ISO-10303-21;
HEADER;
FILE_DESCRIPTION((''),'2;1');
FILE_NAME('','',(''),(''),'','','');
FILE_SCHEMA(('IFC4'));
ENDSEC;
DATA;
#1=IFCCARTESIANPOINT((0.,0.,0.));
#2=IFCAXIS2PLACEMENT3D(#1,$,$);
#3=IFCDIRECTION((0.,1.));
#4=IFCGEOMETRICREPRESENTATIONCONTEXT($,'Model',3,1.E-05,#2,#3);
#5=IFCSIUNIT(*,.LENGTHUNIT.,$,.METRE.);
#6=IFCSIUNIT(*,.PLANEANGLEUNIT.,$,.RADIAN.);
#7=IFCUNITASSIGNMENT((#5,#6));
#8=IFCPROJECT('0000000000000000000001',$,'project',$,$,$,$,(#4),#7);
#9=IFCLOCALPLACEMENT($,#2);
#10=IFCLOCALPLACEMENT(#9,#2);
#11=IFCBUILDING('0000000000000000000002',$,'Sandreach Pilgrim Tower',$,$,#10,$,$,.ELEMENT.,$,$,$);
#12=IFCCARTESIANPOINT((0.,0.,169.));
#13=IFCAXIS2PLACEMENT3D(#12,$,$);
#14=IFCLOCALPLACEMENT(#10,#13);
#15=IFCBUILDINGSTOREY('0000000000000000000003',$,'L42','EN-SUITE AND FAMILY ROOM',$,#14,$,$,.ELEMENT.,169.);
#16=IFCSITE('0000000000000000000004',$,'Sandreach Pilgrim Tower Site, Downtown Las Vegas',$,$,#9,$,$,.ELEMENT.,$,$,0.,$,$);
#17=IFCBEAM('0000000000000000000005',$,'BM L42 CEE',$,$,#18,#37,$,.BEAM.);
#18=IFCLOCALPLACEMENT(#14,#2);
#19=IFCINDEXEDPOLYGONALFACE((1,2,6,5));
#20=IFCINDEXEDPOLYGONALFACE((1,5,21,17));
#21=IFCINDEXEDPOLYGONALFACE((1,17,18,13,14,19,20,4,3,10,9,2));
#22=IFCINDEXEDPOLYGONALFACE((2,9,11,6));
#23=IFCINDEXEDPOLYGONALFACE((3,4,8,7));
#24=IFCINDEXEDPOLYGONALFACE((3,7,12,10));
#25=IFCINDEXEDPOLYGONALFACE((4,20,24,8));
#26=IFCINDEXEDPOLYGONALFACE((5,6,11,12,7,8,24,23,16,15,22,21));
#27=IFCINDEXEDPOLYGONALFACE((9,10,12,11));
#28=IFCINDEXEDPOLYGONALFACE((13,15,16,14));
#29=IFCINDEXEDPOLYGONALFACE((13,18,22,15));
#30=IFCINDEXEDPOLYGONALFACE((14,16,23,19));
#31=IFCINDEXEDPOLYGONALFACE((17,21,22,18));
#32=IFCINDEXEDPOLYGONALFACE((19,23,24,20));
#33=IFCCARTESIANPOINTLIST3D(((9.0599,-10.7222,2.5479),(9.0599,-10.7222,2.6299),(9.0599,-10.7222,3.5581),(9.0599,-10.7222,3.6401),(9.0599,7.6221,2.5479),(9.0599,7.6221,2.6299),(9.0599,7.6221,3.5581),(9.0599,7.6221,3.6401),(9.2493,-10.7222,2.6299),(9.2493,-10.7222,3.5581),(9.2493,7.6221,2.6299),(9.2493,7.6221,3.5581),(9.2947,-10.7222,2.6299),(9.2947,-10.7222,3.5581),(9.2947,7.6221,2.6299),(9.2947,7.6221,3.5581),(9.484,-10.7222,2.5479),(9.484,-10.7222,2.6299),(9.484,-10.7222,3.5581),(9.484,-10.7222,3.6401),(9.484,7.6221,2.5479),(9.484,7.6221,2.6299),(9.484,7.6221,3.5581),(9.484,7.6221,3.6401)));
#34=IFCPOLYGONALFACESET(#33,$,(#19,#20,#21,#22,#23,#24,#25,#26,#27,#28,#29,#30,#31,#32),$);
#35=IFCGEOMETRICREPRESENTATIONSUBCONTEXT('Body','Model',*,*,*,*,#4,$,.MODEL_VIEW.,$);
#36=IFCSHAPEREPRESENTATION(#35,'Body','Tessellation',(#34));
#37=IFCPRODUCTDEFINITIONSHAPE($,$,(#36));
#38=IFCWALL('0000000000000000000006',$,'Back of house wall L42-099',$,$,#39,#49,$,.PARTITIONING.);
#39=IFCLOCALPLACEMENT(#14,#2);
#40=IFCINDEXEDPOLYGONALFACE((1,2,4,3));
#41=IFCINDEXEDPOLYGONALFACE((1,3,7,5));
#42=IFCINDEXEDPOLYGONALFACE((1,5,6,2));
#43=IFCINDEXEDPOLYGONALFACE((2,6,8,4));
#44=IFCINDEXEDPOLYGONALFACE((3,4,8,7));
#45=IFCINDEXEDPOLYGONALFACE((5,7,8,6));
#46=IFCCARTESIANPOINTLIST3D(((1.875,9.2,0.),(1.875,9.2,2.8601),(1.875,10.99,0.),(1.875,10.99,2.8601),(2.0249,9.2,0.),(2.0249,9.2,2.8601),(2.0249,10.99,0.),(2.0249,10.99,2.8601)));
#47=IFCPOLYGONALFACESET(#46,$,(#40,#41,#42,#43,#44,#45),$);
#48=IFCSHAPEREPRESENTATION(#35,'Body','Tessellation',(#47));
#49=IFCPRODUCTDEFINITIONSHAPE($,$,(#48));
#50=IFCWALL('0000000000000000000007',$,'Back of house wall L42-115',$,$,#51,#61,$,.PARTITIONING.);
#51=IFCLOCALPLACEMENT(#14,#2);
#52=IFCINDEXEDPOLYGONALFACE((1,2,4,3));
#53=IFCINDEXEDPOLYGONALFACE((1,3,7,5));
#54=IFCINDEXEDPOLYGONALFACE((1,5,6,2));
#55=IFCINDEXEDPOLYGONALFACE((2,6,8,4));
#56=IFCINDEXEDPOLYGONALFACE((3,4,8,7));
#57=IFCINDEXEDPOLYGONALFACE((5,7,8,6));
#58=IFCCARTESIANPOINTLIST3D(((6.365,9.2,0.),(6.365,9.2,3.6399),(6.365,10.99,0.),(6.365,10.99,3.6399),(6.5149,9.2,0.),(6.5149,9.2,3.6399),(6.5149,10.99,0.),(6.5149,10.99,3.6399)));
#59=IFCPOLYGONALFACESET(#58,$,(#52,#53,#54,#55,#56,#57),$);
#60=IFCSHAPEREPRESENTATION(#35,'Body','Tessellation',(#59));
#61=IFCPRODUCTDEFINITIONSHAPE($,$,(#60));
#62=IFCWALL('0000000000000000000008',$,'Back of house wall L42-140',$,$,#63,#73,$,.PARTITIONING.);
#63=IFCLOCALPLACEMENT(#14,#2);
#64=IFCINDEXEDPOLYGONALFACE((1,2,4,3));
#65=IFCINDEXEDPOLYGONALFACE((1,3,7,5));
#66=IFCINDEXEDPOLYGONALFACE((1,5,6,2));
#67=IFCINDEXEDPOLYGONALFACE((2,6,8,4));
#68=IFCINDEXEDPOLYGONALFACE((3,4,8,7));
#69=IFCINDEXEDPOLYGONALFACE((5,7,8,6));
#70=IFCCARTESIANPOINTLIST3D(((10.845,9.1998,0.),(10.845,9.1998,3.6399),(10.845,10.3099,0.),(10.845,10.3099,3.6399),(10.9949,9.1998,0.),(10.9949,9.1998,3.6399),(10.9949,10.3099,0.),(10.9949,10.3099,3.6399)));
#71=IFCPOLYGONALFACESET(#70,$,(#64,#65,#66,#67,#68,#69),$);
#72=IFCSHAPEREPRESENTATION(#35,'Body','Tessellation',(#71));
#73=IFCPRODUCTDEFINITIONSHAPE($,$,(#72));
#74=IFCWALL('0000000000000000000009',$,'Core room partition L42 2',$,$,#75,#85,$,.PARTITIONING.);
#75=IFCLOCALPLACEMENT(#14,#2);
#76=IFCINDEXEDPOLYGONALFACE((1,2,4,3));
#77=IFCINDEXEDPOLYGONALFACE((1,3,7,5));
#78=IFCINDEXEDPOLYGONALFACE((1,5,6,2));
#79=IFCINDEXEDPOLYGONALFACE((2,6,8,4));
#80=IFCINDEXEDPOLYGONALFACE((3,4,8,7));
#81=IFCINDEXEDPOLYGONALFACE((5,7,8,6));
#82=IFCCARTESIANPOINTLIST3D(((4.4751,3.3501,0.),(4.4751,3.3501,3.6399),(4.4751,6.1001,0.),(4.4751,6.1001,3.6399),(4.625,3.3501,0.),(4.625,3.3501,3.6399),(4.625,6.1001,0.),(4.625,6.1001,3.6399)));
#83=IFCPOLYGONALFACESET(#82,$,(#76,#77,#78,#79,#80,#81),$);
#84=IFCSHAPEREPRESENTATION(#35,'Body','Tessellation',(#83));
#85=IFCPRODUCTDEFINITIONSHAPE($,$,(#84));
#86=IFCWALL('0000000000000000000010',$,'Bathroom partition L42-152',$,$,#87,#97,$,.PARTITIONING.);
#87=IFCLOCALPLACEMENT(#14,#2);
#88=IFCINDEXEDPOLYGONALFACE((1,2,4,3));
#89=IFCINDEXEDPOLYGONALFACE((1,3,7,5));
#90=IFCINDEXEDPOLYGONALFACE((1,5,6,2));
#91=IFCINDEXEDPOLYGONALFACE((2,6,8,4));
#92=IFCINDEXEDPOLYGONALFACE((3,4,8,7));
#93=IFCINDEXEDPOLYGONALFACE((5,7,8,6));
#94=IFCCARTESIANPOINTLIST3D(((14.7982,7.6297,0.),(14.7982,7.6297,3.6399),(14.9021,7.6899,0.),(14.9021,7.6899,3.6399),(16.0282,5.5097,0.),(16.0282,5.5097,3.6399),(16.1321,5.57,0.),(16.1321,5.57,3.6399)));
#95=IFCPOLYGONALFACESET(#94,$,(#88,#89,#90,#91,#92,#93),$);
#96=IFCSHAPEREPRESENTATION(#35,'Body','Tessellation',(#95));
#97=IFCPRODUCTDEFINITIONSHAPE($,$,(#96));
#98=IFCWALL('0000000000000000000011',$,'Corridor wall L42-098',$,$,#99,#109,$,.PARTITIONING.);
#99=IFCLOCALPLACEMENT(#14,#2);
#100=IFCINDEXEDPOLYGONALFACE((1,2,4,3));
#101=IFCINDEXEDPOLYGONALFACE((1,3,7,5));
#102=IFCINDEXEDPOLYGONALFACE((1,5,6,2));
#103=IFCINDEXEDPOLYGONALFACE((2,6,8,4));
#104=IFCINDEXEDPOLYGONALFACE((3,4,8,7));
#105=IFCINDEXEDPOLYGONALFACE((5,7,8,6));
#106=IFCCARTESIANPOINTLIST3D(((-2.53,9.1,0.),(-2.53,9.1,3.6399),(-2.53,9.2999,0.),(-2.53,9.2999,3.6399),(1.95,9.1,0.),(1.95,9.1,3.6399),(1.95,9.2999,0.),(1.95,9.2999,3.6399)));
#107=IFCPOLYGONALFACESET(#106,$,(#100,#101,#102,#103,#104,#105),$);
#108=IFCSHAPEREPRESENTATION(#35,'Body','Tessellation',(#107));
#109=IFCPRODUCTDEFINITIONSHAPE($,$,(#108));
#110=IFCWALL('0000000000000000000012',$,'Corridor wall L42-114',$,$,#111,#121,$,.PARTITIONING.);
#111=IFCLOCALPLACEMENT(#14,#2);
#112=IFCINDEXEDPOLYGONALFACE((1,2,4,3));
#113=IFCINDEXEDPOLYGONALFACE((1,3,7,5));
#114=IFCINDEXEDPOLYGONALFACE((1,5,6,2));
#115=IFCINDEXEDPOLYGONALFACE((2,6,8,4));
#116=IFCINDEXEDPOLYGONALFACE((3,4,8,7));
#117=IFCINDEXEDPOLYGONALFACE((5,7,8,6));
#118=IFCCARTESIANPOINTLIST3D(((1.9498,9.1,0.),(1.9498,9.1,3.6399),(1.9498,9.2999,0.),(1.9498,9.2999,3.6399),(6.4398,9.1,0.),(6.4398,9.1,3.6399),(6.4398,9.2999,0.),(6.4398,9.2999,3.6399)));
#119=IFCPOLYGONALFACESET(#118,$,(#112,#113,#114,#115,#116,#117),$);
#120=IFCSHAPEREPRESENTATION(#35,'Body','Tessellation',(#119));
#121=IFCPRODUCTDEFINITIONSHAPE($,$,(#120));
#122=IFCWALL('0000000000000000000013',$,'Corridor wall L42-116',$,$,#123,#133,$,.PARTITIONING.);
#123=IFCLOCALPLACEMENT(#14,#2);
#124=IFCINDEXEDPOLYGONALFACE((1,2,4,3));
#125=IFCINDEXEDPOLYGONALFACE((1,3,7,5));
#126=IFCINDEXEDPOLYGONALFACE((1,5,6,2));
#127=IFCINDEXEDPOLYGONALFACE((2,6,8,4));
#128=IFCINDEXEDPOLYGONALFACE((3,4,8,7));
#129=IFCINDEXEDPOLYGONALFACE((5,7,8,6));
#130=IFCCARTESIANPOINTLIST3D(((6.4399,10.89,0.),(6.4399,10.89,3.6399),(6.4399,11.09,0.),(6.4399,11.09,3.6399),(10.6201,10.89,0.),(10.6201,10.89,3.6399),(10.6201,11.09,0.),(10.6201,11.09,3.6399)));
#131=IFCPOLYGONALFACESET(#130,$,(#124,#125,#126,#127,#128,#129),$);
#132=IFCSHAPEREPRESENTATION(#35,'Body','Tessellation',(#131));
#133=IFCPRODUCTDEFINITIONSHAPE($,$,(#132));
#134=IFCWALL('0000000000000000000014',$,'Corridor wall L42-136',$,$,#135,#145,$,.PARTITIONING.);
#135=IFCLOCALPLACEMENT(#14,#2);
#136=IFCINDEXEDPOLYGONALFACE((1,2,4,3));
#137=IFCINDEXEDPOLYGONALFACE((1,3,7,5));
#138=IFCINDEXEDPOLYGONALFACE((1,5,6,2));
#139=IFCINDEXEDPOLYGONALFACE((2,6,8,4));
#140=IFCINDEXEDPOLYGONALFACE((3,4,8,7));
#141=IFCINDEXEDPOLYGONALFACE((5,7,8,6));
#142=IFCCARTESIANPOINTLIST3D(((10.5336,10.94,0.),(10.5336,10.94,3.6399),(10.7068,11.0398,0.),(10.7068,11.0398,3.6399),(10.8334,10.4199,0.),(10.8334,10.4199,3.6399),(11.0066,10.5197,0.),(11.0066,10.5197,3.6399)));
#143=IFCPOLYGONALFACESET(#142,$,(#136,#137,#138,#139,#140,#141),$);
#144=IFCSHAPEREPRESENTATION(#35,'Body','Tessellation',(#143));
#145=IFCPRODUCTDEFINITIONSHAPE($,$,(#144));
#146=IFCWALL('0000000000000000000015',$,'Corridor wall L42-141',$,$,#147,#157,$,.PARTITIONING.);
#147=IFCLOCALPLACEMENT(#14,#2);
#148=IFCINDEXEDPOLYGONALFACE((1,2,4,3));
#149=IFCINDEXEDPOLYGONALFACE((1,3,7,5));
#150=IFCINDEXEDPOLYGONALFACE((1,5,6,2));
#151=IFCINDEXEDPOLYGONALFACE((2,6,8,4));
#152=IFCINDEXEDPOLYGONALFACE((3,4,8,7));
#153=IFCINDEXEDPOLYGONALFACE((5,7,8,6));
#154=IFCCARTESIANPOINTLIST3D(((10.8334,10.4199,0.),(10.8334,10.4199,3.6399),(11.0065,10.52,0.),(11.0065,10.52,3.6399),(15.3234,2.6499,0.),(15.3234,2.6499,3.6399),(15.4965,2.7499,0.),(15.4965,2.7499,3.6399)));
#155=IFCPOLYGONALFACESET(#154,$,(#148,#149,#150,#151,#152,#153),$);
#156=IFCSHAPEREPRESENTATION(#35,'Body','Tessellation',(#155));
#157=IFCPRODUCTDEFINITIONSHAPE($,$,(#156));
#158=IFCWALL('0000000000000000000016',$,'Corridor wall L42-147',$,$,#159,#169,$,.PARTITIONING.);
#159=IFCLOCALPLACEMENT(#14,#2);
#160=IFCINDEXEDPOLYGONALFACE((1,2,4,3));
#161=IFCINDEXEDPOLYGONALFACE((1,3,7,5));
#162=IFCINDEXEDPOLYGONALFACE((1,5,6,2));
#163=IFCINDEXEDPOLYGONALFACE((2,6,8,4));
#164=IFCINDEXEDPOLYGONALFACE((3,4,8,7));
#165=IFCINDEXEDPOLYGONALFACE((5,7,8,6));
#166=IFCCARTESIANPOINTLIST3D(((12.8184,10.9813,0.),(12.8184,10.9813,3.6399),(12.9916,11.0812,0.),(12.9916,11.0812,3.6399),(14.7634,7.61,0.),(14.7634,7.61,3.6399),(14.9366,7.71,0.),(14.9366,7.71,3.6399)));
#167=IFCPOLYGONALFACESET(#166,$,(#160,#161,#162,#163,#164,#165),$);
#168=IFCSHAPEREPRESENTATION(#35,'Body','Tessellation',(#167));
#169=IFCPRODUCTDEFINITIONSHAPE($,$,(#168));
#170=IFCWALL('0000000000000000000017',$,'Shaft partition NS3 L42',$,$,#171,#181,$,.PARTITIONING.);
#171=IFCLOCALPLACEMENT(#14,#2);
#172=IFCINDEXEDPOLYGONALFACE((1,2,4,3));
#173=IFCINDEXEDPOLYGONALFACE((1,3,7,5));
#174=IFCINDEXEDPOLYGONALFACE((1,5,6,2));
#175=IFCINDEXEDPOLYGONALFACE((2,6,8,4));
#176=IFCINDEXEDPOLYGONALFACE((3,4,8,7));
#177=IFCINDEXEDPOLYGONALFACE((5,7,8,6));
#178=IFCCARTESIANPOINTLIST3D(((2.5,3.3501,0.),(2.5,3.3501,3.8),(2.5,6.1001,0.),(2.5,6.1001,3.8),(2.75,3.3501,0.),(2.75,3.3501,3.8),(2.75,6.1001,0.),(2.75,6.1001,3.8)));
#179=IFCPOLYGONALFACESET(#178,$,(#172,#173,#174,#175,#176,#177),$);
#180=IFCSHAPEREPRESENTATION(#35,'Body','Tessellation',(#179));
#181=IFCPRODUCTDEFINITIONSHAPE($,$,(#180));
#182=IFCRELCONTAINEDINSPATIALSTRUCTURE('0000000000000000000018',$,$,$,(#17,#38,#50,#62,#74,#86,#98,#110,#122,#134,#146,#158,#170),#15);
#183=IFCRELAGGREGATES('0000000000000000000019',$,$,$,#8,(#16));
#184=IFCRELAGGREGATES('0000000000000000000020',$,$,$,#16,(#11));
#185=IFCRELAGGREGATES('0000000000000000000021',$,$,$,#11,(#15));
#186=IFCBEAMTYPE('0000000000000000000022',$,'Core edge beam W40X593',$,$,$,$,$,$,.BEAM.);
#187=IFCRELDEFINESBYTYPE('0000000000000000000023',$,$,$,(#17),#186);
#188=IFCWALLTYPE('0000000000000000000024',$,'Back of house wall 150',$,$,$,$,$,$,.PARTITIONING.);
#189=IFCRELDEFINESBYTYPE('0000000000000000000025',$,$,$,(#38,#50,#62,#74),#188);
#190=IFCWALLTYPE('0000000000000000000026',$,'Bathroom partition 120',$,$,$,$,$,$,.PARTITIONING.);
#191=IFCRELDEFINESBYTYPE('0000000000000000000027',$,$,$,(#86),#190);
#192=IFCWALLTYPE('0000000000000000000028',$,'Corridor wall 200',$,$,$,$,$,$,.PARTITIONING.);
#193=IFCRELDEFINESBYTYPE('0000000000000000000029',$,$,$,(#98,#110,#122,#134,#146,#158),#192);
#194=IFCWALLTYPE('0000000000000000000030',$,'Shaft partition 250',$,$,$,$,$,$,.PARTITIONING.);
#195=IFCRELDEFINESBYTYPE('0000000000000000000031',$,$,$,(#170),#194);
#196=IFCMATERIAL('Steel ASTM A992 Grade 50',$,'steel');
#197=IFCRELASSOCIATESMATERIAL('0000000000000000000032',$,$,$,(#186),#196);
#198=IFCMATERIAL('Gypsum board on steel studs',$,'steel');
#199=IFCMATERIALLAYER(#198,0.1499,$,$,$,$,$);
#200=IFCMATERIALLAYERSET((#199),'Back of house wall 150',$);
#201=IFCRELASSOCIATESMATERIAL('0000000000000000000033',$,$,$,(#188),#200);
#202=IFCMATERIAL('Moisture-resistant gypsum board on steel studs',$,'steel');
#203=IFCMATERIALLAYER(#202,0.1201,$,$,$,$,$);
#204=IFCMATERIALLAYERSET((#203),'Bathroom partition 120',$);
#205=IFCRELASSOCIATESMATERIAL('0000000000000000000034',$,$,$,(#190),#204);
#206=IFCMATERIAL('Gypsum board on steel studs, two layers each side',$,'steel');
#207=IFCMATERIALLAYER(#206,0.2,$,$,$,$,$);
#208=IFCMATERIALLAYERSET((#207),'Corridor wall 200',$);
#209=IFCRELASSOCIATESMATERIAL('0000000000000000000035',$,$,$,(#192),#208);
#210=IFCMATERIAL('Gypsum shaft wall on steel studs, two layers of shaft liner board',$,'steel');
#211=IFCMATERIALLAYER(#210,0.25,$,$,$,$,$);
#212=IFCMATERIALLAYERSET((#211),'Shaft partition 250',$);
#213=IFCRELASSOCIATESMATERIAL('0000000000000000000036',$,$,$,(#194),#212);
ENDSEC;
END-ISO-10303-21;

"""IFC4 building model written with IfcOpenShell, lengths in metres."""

from ifc_helpers import new_model, si_unit, direction, frame, frame_2d, origin, origin_2d, place, context, subcontext, project, spatial, rectangle, i_section, extrude, material, layer, layer_set, material_profile, profile_set, type_object, element, save


model = new_model("IFC4")

# Units and contexts
model_context = context("Model", 3, precision=1e-05, world=origin(), true_north=direction((0.0, 1.0)))
body_context = subcontext(model_context, "Body", "Model", "MODEL_VIEW")
ifc_project = project(units=[si_unit("LENGTHUNIT", "METRE"), si_unit("PLANEANGLEUNIT", "RADIAN")], contexts=[model_context])

# Site, building, storey
site_placement = place(None, origin())
site = spatial("IfcSite", under=ifc_project, at=site_placement, Name="Sandreach Pilgrim Tower Site, Downtown Las Vegas", CompositionType="ELEMENT", RefElevation=0.0)
building_placement = place(site_placement, origin())
building = spatial("IfcBuilding", under=site, at=building_placement, Name="Sandreach Pilgrim Tower", CompositionType="ELEMENT")
storey_placement = place(building_placement, frame((0.0, 0.0, 169.0)))
storey = spatial("IfcBuildingStorey", under=building, at=storey_placement, Name="L42", Description="EN-SUITE AND FAMILY ROOM", CompositionType="ELEMENT", Elevation=169.0)

# Beam
ifc_material_1 = material(Name="Steel ASTM A992 Grade 50", Category="steel")
ifc_material_profile = material_profile(ifc_material_1, i_section(OverallWidth=0.4241, OverallDepth=1.0923, WebThickness=0.0454, FlangeThickness=0.082, at=origin_2d()), Name="W40X593")
ifc_profile_set = profile_set([ifc_material_profile], Name="Steel ASTM A992 Grade 50")
beam_type = type_object("IfcBeamType", Name="Core edge beam W40X593", PredefinedType="BEAM", material=ifc_profile_set)
beam_placement = place(storey_placement, frame((9.272, 7.6221, 3.094), z_axis=(0.0, -1.0, 0.0), x_axis=(1.0, 0.0, 0.0)))
element("IfcBeam", 1, at=beam_placement, inside=storey, type_object=beam_type, Name="BM L42 CEE", PredefinedType="BEAM", context=body_context, shape_type="SweptSolid", body=[
    extrude(i_section(OverallWidth=0.4241, OverallDepth=1.0923, WebThickness=0.0454, FlangeThickness=0.082, at=origin_2d()), origin(), (0.0, 0.0, 1.0), 18.3442),
])

# Walls
ifc_material_2 = material(Name="Gypsum board on steel studs", Category="steel")
ifc_layer_1 = layer(ifc_material_2, 0.1499)
ifc_layer_set_1 = layer_set([ifc_layer_1], Name="Back of house wall 150")
wall_type_1 = type_object("IfcWallType", Name="Back of house wall 150", PredefinedType="PARTITIONING", material=ifc_layer_set_1)
wall_1_placement = place(storey_placement, frame((1.95, 10.99, 0.0), z_axis=(0.0, 0.0, 1.0), x_axis=(0.0, -1.0, 0.0)))
element("IfcWall", 2, at=wall_1_placement, inside=storey, type_object=wall_type_1, Name="Back of house wall L42-099", PredefinedType="PARTITIONING", context=body_context, shape_type="SweptSolid", body=[
    extrude(rectangle(XDim=1.79, YDim=0.1499, at=frame_2d((0.895, 0.0))), origin(), (0.0, 0.0, 1.0), 2.8601),
])
wall_2_placement = place(storey_placement, frame((6.4399, 10.99, 0.0), z_axis=(0.0, 0.0, 1.0), x_axis=(0.0, -1.0, 0.0)))
element("IfcWall", 3, at=wall_2_placement, inside=storey, type_object=wall_type_1, Name="Back of house wall L42-115", PredefinedType="PARTITIONING", context=body_context, shape_type="SweptSolid", body=[
    extrude(rectangle(XDim=1.79, YDim=0.1499, at=frame_2d((0.895, 0.0))), origin(), (0.0, 0.0, 1.0), 3.6399),
])
wall_3_placement = place(storey_placement, frame((10.9199, 10.3101, 0.0), z_axis=(0.0, 0.0, 1.0), x_axis=(0.0, -1.0, 0.0)))
element("IfcWall", 4, at=wall_3_placement, inside=storey, type_object=wall_type_1, Name="Back of house wall L42-140", PredefinedType="PARTITIONING", context=body_context, shape_type="SweptSolid", body=[
    extrude(rectangle(XDim=1.1101, YDim=0.1499, at=frame_2d((0.5552, 0.0))), origin(), (0.0, 0.0, 1.0), 3.6399),
])
wall_4_placement = place(storey_placement, frame((4.55, 3.3501, 0.0), z_axis=(0.0, 0.0, 1.0), x_axis=(0.0, 1.0, 0.0)))
element("IfcWall", 5, at=wall_4_placement, inside=storey, type_object=wall_type_1, Name="Core room partition L42 2", PredefinedType="PARTITIONING", context=body_context, shape_type="SweptSolid", body=[
    extrude(rectangle(XDim=2.75, YDim=0.1499, at=frame_2d((1.375, 0.0))), origin(), (0.0, 0.0, 1.0), 3.6399),
])
ifc_material_3 = material(Name="Moisture-resistant gypsum board on steel studs", Category="steel")
ifc_layer_2 = layer(ifc_material_3, 0.1201)
ifc_layer_set_2 = layer_set([ifc_layer_2], Name="Bathroom partition 120")
wall_type_2 = type_object("IfcWallType", Name="Bathroom partition 120", PredefinedType="PARTITIONING", material=ifc_layer_set_2)
wall_5_placement = place(storey_placement, frame((14.8501, 7.6599, 0.0), z_axis=(0.0, 0.0, 1.0), x_axis=(0.501857, -0.864951, 0.0)))
element("IfcWall", 6, at=wall_5_placement, inside=storey, type_object=wall_type_2, Name="Bathroom partition L42-152", PredefinedType="PARTITIONING", context=body_context, shape_type="SweptSolid", body=[
    extrude(rectangle(XDim=2.4509, YDim=0.1201, at=frame_2d((1.2256, 0.0))), origin(), (0.0, 0.0, 1.0), 3.6399),
])

# Wall
ifc_material_4 = material(Name="Gypsum board on steel studs, two layers each side", Category="steel")
ifc_layer_3 = layer(ifc_material_4, 0.2)
ifc_layer_set_3 = layer_set([ifc_layer_3], Name="Corridor wall 200")
wall_type_3 = type_object("IfcWallType", Name="Corridor wall 200", PredefinedType="PARTITIONING", material=ifc_layer_set_3)
wall_6_placement = place(storey_placement, frame((1.95, 9.2, 0.0), z_axis=(0.0, 0.0, 1.0), x_axis=(-1.0, 0.0, 0.0)))
element("IfcWall", 7, at=wall_6_placement, inside=storey, type_object=wall_type_3, Name="Corridor wall L42-098", PredefinedType="PARTITIONING", context=body_context, shape_type="SweptSolid", body=[
    extrude(rectangle(XDim=4.48, YDim=0.2, at=frame_2d((2.24, 0.0))), origin(), (0.0, 0.0, 1.0), 3.6399),
])

# Walls
wall_7_placement = place(storey_placement, frame((6.4399, 9.2, 0.0), z_axis=(0.0, 0.0, 1.0), x_axis=(-1.0, 0.0, 0.0)))
element("IfcWall", 8, at=wall_7_placement, inside=storey, type_object=wall_type_3, Name="Corridor wall L42-114", PredefinedType="PARTITIONING", context=body_context, shape_type="SweptSolid", body=[
    extrude(rectangle(XDim=4.49, YDim=0.2, at=frame_2d((2.2451, 0.0))), origin(), (0.0, 0.0, 1.0), 3.6399),
])
wall_8_placement = place(storey_placement, frame((6.4399, 10.99, 0.0), z_axis=(0.0, 0.0, 1.0), x_axis=(1.0, 0.0, 0.0)))
element("IfcWall", 9, at=wall_8_placement, inside=storey, type_object=wall_type_3, Name="Corridor wall L42-116", PredefinedType="PARTITIONING", context=body_context, shape_type="SweptSolid", body=[
    extrude(rectangle(XDim=4.1802, YDim=0.2, at=frame_2d((2.0901, 0.0))), origin(), (0.0, 0.0, 1.0), 3.6399),
])
wall_9_placement = place(storey_placement, frame((10.6201, 10.99, 0.0), z_axis=(0.0, 0.0, 1.0), x_axis=(0.499464, -0.866335, 0.0)))
element("IfcWall", 10, at=wall_9_placement, inside=storey, type_object=wall_type_3, Name="Corridor wall L42-136", PredefinedType="PARTITIONING", context=body_context, shape_type="SweptSolid", body=[
    extrude(rectangle(XDim=0.6003, YDim=0.2, at=frame_2d((0.3003, 0.0))), origin(), (0.0, 0.0, 1.0), 3.6399),
])

# Walls
wall_10_placement = place(storey_placement, frame((10.9199, 10.47, 0.0), z_axis=(0.0, 0.0, 1.0), x_axis=(0.500332, -0.865834, 0.0)))
element("IfcWall", 11, at=wall_10_placement, inside=storey, type_object=wall_type_3, Name="Corridor wall L42-141", PredefinedType="PARTITIONING", context=body_context, shape_type="SweptSolid", body=[
    extrude(rectangle(XDim=8.9741, YDim=0.2, at=frame_2d((4.4871, 0.0))), origin(), (0.0, 0.0, 1.0), 3.6399),
])
wall_11_placement = place(storey_placement, frame((12.905, 11.0312, 0.0), z_axis=(0.0, 0.0, 1.0), x_axis=(0.499735, -0.866178, 0.0)))
element("IfcWall", 12, at=wall_11_placement, inside=storey, type_object=wall_type_3, Name="Corridor wall L42-147", PredefinedType="PARTITIONING", context=body_context, shape_type="SweptSolid", body=[
    extrude(rectangle(XDim=3.8921, YDim=0.2, at=frame_2d((1.946, 0.0))), origin(), (0.0, 0.0, 1.0), 3.6399),
])
ifc_material_5 = material(Name="Gypsum shaft wall on steel studs, two layers of shaft liner board", Category="steel")
ifc_layer_4 = layer(ifc_material_5, 0.25)
ifc_layer_set_4 = layer_set([ifc_layer_4], Name="Shaft partition 250")
wall_type_4 = type_object("IfcWallType", Name="Shaft partition 250", PredefinedType="PARTITIONING", material=ifc_layer_set_4)
wall_12_placement = place(storey_placement, frame((2.625, 3.3501, 0.0), z_axis=(0.0, 0.0, 1.0), x_axis=(0.0, 1.0, 0.0)))
element("IfcWall", 13, at=wall_12_placement, inside=storey, type_object=wall_type_4, Name="Shaft partition NS3 L42", PredefinedType="PARTITIONING", context=body_context, shape_type="SweptSolid", body=[
    extrude(rectangle(XDim=2.75, YDim=0.25, at=frame_2d((1.375, 0.0))), origin(), (0.0, 0.0, 1.0), 3.8),
])

save(model, "model.ifc")
